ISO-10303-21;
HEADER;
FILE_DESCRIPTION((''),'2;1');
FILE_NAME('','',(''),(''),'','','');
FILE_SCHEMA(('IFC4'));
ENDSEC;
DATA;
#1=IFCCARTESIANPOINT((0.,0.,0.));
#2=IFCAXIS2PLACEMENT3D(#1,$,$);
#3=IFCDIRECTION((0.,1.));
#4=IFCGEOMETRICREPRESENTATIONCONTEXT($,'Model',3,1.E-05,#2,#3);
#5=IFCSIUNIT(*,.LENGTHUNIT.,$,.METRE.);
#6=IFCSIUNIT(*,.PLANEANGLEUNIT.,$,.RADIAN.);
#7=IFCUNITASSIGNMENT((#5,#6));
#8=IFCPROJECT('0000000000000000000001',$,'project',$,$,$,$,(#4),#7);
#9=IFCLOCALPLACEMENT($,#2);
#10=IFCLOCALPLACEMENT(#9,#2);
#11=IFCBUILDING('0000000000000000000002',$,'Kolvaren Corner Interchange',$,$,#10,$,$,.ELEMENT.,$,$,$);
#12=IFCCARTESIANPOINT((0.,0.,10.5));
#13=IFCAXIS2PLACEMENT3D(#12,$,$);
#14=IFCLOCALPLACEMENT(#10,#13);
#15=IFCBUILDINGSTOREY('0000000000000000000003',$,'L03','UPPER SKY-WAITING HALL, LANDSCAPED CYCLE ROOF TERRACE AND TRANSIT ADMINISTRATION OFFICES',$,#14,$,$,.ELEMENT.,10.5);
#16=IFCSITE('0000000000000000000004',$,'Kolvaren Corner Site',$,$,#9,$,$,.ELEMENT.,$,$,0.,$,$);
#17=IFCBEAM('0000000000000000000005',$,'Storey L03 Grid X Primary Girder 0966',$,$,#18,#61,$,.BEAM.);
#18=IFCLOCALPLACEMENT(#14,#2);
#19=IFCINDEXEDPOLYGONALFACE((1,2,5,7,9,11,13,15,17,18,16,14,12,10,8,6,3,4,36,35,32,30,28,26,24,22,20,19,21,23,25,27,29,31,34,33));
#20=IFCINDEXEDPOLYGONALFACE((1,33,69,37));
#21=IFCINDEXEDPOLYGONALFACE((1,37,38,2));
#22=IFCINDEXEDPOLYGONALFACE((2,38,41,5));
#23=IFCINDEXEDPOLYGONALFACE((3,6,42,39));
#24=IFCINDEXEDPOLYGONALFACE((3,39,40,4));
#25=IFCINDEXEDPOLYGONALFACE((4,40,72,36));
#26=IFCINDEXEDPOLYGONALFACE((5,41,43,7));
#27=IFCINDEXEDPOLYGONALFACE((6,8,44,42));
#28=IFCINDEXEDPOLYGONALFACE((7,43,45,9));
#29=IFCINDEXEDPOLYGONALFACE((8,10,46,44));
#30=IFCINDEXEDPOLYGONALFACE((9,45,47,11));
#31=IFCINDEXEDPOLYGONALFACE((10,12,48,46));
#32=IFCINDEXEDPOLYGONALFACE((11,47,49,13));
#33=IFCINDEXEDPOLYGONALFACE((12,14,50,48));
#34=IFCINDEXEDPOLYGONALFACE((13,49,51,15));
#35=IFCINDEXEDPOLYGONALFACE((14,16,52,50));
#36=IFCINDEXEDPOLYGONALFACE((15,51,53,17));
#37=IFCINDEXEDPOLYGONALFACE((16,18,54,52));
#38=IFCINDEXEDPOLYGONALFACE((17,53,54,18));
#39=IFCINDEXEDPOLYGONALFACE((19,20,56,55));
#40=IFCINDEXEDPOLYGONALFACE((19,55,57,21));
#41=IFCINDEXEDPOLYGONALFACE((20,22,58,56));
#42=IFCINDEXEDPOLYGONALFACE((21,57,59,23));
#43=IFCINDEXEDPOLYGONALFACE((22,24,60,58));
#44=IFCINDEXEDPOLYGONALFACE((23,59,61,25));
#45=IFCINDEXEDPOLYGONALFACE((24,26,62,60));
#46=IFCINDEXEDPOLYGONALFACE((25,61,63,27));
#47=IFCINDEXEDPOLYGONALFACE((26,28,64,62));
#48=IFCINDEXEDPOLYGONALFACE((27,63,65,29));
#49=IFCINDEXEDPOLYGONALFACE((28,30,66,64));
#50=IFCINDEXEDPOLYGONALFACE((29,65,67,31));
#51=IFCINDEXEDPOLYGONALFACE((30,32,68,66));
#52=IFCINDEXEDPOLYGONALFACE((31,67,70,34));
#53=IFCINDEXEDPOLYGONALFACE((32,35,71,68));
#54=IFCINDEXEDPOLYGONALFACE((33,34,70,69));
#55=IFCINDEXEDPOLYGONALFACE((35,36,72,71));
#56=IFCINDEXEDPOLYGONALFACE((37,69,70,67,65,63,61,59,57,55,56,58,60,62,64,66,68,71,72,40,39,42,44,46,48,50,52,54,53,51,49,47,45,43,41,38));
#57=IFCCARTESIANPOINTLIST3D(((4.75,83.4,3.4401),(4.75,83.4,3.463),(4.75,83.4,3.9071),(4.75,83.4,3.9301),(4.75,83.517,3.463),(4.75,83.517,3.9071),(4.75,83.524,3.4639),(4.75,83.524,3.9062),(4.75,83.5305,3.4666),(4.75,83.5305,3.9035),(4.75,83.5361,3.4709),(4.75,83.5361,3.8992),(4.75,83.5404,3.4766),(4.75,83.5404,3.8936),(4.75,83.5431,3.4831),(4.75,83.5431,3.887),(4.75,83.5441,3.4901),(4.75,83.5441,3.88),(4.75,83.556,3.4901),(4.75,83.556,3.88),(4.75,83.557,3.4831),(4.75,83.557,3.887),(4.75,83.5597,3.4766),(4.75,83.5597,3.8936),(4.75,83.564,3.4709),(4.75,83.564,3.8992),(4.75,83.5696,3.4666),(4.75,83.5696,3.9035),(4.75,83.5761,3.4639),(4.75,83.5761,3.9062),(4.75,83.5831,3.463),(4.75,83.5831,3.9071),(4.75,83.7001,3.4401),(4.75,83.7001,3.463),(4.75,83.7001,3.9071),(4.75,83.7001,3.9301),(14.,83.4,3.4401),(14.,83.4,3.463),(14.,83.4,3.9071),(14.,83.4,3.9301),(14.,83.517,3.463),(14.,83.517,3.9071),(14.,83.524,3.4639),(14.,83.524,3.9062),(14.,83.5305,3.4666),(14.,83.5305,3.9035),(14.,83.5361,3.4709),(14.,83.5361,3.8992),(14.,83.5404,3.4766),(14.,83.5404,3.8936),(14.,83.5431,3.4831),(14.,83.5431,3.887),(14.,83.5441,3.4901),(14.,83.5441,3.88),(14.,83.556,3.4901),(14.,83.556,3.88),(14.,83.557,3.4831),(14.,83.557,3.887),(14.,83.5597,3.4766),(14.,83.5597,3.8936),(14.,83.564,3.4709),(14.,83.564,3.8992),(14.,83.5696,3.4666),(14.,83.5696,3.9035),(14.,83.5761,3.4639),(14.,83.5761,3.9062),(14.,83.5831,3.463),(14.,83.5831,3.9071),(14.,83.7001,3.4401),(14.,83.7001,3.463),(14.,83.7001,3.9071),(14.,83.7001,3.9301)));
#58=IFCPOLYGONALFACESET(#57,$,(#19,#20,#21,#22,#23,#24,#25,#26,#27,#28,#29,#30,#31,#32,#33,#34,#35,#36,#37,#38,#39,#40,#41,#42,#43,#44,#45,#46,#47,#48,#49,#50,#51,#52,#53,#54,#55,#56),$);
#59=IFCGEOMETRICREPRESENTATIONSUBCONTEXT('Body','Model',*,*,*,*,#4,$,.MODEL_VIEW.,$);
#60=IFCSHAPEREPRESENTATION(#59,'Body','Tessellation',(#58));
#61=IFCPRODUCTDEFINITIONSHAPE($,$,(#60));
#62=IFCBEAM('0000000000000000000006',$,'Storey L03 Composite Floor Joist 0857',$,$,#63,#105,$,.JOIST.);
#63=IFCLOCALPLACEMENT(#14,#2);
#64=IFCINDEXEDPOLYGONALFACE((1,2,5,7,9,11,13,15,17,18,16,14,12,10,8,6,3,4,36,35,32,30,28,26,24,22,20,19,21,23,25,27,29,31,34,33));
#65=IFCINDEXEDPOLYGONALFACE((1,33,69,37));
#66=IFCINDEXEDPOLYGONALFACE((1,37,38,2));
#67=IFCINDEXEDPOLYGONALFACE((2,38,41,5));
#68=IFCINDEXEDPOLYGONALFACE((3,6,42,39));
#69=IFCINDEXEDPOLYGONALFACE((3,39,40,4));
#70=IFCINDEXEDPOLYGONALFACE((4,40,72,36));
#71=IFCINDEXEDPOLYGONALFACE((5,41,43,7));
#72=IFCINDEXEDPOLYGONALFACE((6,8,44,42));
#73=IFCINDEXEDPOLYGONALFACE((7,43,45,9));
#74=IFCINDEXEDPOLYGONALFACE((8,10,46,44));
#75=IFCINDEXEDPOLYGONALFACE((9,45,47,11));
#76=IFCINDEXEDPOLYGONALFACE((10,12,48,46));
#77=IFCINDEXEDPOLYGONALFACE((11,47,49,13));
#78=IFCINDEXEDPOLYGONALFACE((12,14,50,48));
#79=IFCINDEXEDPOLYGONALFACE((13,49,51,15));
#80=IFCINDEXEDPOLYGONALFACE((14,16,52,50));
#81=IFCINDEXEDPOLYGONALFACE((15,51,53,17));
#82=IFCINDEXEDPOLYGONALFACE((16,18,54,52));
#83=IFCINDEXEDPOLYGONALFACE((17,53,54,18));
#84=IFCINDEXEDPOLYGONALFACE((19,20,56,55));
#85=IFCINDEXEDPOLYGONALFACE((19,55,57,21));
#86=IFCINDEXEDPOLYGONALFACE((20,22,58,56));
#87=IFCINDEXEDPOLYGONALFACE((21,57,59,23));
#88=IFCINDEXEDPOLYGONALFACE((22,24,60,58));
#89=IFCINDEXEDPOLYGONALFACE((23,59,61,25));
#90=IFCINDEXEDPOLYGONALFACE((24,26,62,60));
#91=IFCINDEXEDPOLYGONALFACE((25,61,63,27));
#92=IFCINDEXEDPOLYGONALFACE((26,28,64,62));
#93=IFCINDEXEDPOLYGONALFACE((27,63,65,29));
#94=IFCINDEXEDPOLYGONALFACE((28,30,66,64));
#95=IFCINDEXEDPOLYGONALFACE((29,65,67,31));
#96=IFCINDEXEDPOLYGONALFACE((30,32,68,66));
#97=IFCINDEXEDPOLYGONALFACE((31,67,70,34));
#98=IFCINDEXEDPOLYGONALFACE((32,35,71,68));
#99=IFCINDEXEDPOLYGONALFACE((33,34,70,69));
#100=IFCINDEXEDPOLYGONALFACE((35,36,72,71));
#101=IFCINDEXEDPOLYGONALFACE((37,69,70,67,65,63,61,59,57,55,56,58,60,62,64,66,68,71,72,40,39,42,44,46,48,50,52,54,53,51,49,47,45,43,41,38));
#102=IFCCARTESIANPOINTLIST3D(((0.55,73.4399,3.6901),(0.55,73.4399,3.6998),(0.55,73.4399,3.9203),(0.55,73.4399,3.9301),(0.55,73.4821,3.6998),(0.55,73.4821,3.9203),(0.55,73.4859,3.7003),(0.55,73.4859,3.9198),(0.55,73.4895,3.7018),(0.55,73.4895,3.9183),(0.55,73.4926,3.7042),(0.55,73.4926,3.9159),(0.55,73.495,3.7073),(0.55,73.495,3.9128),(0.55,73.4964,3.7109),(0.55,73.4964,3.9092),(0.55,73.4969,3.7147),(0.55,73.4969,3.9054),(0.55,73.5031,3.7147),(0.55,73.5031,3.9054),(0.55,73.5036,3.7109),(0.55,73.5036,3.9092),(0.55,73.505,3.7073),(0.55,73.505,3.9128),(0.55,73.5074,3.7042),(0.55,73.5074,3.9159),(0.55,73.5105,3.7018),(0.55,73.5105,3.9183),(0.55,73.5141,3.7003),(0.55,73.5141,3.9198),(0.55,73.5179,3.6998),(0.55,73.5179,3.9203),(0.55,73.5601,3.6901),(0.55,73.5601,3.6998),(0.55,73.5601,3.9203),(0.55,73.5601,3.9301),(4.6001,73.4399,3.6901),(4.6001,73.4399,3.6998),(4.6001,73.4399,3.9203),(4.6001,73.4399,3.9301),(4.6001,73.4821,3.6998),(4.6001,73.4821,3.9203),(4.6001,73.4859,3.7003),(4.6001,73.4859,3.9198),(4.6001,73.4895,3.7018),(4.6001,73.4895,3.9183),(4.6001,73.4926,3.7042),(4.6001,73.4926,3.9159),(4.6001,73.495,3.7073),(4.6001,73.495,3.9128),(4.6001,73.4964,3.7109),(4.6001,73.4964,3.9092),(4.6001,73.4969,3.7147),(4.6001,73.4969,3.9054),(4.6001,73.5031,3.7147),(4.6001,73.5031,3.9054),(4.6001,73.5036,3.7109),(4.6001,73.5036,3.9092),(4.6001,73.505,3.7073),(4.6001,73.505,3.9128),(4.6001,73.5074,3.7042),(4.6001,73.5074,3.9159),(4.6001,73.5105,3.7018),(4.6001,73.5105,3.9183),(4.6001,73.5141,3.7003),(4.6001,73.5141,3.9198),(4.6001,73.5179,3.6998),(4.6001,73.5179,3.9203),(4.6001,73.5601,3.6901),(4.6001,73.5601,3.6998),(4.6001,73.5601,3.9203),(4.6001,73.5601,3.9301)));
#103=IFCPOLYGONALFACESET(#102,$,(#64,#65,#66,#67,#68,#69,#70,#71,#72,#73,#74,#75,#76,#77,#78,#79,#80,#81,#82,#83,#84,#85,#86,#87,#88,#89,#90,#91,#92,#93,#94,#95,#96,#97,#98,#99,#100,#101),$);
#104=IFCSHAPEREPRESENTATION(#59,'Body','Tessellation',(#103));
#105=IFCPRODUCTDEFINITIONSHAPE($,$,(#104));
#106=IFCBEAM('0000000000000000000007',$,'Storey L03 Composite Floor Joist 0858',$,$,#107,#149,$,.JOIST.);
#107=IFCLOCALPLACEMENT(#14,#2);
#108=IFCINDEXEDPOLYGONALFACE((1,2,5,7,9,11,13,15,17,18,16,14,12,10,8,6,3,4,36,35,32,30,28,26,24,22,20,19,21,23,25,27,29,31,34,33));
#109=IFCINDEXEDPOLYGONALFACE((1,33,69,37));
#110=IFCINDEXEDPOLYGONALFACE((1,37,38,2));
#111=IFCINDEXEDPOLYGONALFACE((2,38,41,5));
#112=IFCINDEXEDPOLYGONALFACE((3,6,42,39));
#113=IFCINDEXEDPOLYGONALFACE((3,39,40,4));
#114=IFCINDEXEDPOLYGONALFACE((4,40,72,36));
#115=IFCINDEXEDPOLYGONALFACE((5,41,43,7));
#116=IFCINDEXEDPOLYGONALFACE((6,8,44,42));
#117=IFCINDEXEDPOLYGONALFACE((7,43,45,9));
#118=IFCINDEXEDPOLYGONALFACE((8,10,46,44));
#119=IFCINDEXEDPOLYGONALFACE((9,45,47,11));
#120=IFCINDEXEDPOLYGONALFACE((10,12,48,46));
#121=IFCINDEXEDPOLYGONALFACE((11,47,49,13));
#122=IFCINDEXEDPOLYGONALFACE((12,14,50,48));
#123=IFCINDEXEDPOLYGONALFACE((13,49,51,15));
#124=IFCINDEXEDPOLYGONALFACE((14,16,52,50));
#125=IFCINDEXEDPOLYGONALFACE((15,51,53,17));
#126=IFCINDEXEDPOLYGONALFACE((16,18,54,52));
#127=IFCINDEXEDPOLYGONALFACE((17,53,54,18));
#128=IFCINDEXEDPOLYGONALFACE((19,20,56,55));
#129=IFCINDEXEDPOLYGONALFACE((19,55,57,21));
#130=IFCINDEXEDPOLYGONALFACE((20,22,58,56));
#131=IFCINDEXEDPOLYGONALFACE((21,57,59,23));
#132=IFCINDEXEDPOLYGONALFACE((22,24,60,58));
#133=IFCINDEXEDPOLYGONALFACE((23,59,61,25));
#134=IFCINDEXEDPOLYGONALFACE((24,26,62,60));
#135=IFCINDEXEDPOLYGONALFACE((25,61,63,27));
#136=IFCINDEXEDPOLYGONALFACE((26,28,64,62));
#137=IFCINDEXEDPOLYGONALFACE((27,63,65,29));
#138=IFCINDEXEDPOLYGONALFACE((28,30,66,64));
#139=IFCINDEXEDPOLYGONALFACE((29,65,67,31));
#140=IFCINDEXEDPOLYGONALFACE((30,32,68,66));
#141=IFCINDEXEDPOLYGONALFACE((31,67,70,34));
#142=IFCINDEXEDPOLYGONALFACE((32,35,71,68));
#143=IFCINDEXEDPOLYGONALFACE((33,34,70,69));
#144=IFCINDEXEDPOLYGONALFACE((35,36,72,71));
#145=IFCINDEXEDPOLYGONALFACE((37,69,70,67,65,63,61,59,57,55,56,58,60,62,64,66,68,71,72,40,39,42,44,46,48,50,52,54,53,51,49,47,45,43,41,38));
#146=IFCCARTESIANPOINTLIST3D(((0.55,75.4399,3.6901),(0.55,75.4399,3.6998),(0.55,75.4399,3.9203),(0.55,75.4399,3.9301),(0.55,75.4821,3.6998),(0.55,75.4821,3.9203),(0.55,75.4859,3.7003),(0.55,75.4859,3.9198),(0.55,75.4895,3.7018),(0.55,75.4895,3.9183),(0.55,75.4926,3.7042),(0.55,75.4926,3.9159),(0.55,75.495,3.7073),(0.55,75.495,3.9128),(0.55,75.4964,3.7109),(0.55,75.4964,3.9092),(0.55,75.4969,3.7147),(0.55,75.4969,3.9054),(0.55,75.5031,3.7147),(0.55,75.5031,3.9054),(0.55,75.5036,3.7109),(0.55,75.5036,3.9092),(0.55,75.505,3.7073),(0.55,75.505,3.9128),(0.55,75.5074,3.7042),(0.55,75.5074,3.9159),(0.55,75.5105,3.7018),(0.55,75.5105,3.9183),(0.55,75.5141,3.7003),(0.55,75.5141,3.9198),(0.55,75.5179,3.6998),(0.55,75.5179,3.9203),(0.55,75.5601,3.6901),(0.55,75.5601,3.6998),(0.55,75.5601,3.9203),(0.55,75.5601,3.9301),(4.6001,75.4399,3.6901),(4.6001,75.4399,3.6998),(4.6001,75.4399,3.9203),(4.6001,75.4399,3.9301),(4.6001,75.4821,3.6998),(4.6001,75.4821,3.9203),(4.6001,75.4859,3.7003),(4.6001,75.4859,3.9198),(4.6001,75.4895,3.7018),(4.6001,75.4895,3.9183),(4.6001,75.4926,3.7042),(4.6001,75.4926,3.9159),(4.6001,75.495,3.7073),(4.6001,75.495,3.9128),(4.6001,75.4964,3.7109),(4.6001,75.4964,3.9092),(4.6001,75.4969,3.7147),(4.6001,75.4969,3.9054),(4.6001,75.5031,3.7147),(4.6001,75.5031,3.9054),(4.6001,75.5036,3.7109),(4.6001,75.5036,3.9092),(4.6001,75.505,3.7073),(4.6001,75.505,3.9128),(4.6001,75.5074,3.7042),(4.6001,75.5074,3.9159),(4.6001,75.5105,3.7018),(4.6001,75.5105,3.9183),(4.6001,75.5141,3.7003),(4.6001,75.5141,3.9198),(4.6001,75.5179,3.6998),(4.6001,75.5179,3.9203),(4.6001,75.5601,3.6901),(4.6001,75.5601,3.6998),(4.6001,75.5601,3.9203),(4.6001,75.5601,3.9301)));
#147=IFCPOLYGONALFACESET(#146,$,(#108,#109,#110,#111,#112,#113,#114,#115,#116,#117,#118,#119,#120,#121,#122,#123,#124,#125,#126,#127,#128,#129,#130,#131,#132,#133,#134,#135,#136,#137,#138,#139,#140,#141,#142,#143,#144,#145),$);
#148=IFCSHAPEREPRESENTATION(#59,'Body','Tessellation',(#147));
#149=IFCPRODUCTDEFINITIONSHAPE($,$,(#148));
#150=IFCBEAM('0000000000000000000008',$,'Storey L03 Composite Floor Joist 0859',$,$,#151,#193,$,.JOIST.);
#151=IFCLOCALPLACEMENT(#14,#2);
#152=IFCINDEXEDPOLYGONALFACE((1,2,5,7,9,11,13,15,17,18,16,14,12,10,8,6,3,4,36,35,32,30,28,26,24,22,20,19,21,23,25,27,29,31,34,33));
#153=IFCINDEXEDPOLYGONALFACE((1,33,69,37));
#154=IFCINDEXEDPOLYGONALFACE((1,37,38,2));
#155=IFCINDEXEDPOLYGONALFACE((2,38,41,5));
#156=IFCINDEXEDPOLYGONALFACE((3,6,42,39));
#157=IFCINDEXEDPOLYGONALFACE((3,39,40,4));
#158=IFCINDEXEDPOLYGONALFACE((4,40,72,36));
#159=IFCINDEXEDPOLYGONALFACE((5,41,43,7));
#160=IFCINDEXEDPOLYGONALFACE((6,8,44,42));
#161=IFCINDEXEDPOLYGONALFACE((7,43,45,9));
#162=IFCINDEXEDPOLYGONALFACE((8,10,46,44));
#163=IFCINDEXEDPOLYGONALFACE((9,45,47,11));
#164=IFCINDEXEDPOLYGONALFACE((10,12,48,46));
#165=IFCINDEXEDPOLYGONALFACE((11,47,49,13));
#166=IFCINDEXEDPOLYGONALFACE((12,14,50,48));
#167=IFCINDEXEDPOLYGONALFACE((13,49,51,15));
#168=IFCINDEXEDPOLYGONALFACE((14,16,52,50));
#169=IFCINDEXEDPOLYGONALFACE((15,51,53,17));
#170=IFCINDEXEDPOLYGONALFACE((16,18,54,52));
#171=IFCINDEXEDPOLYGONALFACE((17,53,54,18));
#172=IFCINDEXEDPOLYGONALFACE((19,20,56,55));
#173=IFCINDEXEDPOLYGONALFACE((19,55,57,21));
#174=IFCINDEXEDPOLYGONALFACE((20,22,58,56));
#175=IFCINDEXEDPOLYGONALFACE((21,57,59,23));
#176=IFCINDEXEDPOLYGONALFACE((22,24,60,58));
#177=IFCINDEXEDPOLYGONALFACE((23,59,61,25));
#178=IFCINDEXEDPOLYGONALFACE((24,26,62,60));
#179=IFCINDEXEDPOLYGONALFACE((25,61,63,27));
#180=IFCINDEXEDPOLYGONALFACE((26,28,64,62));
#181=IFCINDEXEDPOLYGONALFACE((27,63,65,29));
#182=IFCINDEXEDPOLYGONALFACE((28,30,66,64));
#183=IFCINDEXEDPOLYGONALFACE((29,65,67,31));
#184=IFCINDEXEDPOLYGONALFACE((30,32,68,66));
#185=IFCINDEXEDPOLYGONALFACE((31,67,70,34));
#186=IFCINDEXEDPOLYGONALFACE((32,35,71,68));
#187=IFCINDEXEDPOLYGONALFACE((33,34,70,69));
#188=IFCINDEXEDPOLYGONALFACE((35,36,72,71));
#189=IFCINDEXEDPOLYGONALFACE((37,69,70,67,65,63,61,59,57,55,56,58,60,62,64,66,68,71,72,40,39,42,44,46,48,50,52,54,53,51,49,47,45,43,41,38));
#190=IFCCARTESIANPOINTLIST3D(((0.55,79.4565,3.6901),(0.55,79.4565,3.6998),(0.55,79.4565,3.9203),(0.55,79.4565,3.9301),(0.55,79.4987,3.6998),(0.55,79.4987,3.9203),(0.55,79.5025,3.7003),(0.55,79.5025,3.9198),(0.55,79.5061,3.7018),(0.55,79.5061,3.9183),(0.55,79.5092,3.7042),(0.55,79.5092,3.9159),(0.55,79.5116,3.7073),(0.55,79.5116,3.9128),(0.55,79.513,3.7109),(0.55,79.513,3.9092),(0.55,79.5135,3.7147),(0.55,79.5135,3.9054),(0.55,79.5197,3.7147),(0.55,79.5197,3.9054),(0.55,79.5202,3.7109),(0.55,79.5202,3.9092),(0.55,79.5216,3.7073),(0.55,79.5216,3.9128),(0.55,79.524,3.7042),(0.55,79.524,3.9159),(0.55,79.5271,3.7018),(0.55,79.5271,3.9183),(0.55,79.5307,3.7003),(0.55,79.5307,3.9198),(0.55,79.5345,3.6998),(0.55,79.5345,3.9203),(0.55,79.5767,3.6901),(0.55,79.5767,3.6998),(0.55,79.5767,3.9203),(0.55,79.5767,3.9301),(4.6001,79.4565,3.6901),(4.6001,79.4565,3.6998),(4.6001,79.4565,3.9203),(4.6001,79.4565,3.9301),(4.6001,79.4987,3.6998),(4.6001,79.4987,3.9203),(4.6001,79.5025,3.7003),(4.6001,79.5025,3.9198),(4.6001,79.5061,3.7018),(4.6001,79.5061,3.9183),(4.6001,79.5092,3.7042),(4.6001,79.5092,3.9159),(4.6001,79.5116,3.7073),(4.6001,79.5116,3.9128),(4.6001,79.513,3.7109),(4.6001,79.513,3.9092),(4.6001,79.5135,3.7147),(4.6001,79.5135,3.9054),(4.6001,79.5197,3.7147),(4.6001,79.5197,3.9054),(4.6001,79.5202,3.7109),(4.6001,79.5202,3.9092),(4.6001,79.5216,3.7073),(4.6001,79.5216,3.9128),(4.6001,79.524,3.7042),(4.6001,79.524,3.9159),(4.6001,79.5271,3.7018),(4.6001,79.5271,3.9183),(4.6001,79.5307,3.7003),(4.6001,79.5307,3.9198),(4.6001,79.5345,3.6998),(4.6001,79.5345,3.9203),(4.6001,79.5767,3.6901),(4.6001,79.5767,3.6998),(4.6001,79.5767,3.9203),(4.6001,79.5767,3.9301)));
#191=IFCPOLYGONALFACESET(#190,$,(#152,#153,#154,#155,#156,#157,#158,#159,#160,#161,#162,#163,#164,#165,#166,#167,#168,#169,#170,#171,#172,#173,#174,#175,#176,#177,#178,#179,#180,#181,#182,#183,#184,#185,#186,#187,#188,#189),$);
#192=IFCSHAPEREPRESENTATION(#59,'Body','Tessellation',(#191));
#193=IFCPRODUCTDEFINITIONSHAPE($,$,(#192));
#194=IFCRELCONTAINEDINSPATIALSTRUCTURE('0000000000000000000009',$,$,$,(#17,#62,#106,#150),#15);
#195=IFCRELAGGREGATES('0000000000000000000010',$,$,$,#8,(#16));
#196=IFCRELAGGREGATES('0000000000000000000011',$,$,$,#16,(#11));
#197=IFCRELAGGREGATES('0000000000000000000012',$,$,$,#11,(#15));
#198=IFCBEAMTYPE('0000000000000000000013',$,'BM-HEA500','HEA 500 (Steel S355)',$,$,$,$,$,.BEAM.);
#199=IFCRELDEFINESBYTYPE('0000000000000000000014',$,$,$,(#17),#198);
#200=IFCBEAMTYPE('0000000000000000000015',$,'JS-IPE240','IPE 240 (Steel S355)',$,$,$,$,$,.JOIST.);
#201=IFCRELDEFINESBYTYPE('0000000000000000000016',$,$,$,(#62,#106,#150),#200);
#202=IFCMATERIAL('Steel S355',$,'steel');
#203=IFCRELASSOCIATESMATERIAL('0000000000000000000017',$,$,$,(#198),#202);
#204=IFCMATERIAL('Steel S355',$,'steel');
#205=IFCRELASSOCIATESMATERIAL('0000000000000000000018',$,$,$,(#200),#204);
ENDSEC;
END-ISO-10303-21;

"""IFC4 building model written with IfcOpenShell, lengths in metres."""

from ifc_helpers import new_model, si_unit, direction, frame, origin, origin_2d, place, context, subcontext, project, spatial, i_section, extrude, material, material_profile, profile_set, type_object, element, save


model = new_model("IFC4")

# Units and contexts
model_context = context("Model", 3, precision=1e-05, world=origin(), true_north=direction((0.0, 1.0)))
body_context = subcontext(model_context, "Body", "Model", "MODEL_VIEW")
ifc_project = project(units=[si_unit("LENGTHUNIT", "METRE"), si_unit("PLANEANGLEUNIT", "RADIAN")], contexts=[model_context])

# Site, building, storey
site_placement = place(None, origin())
site = spatial("IfcSite", under=ifc_project, at=site_placement, Name="Kolvaren Corner Site", CompositionType="ELEMENT", RefElevation=0.0)
building_placement = place(site_placement, origin())
building = spatial("IfcBuilding", under=site, at=building_placement, Name="Kolvaren Corner Interchange", CompositionType="ELEMENT")
storey_placement = place(building_placement, frame((0.0, 0.0, 10.5)))
storey = spatial("IfcBuildingStorey", under=building, at=storey_placement, Name="L03", Description="UPPER SKY-WAITING HALL, LANDSCAPED CYCLE ROOF TERRACE AND TRANSIT ADMINISTRATION OFFICES", CompositionType="ELEMENT", Elevation=10.5)

# Beams
ifc_material_1 = material(Name="Steel S355", Category="steel")
ifc_material_profile_1 = material_profile(ifc_material_1, i_section(OverallWidth=0.3, OverallDepth=0.49, WebThickness=0.012, FlangeThickness=0.0229, FilletRadius=0.0271, at=origin_2d()), Name="HEA 500")
ifc_profile_set_1 = profile_set([ifc_material_profile_1], Name="Steel S355")
beam_type_1 = type_object("IfcBeamType", Name="BM-HEA500", Description="HEA 500 (Steel S355)", PredefinedType="BEAM", material=ifc_profile_set_1)
beam_1_placement = place(storey_placement, frame((4.75, 83.55, 3.6851), z_axis=(1.0, 0.0, 0.0), x_axis=(0.0, 1.0, 0.0)))
element("IfcBeam", 1, at=beam_1_placement, inside=storey, type_object=beam_type_1, Name="Storey L03 Grid X Primary Girder 0966", PredefinedType="BEAM", context=body_context, shape_type="SweptSolid", body=[
    extrude(i_section(OverallWidth=0.3, OverallDepth=0.49, WebThickness=0.012, FlangeThickness=0.0229, FilletRadius=0.0271, at=origin_2d()), origin(), (0.0, 0.0, 1.0), 9.25),
])
ifc_material_2 = material(Name="Steel S355", Category="steel")
ifc_material_profile_2 = material_profile(ifc_material_2, i_section(OverallWidth=0.1201, OverallDepth=0.24, WebThickness=0.0061, FlangeThickness=0.0098, FilletRadius=0.0149, at=origin_2d()), Name="IPE 240")
ifc_profile_set_2 = profile_set([ifc_material_profile_2], Name="Steel S355")
beam_type_2 = type_object("IfcBeamType", Name="JS-IPE240", Description="IPE 240 (Steel S355)", PredefinedType="JOIST", material=ifc_profile_set_2)
for number, where, z_axis, x_axis, name in (
    (2, (0.55, 73.5, 3.8101), (1.0, 0.0, 0.0), (0.0, 1.0, 0.0), "Storey L03 Composite Floor Joist 0857"),
    (3, (0.55, 75.5, 3.8101), (1.0, 0.0, 0.0), (0.0, 1.0, 0.0), "Storey L03 Composite Floor Joist 0858"),
    (4, (0.55, 79.5166, 3.8101), (1.0, 0.0, 0.0), (0.0, 1.0, 0.0), "Storey L03 Composite Floor Joist 0859"),
):
    element("IfcBeam", number, at=place(storey_placement, frame(where, z_axis=z_axis, x_axis=x_axis)), inside=storey, type_object=beam_type_2, Name=name, PredefinedType="JOIST", context=body_context, shape_type="SweptSolid", body=[
        extrude(i_section(OverallWidth=0.1201, OverallDepth=0.24, WebThickness=0.0061, FlangeThickness=0.0098, FilletRadius=0.0149, at=origin_2d()), origin(), (0.0, 0.0, 1.0), 4.05),
    ])

save(model, "model.ifc")
